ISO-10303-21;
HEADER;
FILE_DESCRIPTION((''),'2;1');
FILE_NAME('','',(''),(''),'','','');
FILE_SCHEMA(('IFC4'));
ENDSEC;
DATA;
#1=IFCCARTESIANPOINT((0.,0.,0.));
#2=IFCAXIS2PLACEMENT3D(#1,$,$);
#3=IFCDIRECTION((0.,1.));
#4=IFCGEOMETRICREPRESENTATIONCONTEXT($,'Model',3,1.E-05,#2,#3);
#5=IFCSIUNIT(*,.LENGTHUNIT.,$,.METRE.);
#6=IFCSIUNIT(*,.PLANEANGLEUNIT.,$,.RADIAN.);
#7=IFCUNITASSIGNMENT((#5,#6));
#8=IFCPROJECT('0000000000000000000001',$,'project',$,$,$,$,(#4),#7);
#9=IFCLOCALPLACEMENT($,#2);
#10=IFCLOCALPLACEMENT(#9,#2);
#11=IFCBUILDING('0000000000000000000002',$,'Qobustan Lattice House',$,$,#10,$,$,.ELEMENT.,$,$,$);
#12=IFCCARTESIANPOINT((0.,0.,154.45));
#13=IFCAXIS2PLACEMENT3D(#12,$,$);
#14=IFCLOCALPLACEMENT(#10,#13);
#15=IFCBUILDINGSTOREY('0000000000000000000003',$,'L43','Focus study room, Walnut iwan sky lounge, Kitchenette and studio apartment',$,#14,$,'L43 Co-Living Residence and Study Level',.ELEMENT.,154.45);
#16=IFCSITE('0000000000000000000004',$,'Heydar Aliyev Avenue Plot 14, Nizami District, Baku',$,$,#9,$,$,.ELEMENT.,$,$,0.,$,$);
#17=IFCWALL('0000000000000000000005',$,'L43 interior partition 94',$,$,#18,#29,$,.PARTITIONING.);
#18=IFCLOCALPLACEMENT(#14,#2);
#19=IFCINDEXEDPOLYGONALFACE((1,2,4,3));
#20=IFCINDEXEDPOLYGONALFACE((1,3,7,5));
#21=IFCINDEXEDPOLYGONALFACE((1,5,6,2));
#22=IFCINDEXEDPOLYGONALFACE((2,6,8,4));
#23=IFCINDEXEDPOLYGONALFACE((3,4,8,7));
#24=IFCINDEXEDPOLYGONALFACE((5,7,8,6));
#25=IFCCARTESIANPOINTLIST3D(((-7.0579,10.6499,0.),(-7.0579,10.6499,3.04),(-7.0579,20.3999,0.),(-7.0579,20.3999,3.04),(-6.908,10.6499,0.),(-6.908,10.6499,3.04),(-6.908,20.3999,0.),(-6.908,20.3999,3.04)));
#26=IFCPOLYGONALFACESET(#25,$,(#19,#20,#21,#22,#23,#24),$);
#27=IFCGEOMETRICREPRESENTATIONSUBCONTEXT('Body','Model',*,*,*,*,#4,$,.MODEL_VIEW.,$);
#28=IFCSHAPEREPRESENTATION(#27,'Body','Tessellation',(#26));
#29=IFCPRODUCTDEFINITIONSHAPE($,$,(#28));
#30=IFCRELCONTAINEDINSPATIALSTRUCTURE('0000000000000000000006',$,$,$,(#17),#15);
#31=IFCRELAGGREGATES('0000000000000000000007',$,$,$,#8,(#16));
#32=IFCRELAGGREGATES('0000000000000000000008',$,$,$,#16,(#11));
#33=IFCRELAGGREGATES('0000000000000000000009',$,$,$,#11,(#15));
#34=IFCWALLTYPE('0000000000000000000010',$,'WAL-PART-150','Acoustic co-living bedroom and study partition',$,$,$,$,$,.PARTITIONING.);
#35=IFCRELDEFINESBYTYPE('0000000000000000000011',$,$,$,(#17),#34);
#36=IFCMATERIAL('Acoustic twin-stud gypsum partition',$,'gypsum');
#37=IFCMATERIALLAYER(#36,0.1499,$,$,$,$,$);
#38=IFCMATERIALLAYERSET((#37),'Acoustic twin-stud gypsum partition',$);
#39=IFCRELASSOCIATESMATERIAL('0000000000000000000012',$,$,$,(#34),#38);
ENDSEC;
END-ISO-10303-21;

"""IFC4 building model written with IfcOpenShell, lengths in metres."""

from ifc_helpers import new_model, si_unit, direction, frame, frame_2d, origin, place, context, subcontext, project, spatial, rectangle, extrude, material, layer, layer_set, type_object, element, save


model = new_model("IFC4")

# Units and contexts
model_context = context("Model", 3, precision=1e-05, world=origin(), true_north=direction((0.0, 1.0)))
body_context = subcontext(model_context, "Body", "Model", "MODEL_VIEW")
ifc_project = project(units=[si_unit("LENGTHUNIT", "METRE"), si_unit("PLANEANGLEUNIT", "RADIAN")], contexts=[model_context])

# Site, building, storey
site_placement = place(None, origin())
site = spatial("IfcSite", under=ifc_project, at=site_placement, Name="Heydar Aliyev Avenue Plot 14, Nizami District, Baku", CompositionType="ELEMENT", RefElevation=0.0)
building_placement = place(site_placement, origin())
building = spatial("IfcBuilding", under=site, at=building_placement, Name="Qobustan Lattice House", CompositionType="ELEMENT")
storey_placement = place(building_placement, frame((0.0, 0.0, 154.45)))
storey = spatial("IfcBuildingStorey", under=building, at=storey_placement, Name="L43", Description="Focus study room, Walnut iwan sky lounge, Kitchenette and studio apartment", LongName="L43 Co-Living Residence and Study Level", CompositionType="ELEMENT", Elevation=154.45)

# Wall
ifc_material_1 = material(Name="Acoustic twin-stud gypsum partition", Category="gypsum")
ifc_layer_1 = layer(ifc_material_1, 0.1499)
ifc_layer_set_1 = layer_set([ifc_layer_1], Name="Acoustic twin-stud gypsum partition")
wall_type = type_object("IfcWallType", Name="WAL-PART-150", Description="Acoustic co-living bedroom and study partition", PredefinedType="PARTITIONING", material=ifc_layer_set_1)
wall_placement = place(storey_placement, frame((-6.9829, 20.3999, 0.0), z_axis=(0.0, 0.0, 1.0), x_axis=(0.0, -1.0, 0.0)))
element("IfcWall", 1, at=wall_placement, inside=storey, type_object=wall_type, Name="L43 interior partition 94", PredefinedType="PARTITIONING", context=body_context, shape_type="SweptSolid", body=[
    extrude(rectangle(XDim=9.75, YDim=0.1499, at=frame_2d((4.875, 0.0))), origin(), (0.0, 0.0, 1.0), 3.04),
])

save(model, "model.ifc")
